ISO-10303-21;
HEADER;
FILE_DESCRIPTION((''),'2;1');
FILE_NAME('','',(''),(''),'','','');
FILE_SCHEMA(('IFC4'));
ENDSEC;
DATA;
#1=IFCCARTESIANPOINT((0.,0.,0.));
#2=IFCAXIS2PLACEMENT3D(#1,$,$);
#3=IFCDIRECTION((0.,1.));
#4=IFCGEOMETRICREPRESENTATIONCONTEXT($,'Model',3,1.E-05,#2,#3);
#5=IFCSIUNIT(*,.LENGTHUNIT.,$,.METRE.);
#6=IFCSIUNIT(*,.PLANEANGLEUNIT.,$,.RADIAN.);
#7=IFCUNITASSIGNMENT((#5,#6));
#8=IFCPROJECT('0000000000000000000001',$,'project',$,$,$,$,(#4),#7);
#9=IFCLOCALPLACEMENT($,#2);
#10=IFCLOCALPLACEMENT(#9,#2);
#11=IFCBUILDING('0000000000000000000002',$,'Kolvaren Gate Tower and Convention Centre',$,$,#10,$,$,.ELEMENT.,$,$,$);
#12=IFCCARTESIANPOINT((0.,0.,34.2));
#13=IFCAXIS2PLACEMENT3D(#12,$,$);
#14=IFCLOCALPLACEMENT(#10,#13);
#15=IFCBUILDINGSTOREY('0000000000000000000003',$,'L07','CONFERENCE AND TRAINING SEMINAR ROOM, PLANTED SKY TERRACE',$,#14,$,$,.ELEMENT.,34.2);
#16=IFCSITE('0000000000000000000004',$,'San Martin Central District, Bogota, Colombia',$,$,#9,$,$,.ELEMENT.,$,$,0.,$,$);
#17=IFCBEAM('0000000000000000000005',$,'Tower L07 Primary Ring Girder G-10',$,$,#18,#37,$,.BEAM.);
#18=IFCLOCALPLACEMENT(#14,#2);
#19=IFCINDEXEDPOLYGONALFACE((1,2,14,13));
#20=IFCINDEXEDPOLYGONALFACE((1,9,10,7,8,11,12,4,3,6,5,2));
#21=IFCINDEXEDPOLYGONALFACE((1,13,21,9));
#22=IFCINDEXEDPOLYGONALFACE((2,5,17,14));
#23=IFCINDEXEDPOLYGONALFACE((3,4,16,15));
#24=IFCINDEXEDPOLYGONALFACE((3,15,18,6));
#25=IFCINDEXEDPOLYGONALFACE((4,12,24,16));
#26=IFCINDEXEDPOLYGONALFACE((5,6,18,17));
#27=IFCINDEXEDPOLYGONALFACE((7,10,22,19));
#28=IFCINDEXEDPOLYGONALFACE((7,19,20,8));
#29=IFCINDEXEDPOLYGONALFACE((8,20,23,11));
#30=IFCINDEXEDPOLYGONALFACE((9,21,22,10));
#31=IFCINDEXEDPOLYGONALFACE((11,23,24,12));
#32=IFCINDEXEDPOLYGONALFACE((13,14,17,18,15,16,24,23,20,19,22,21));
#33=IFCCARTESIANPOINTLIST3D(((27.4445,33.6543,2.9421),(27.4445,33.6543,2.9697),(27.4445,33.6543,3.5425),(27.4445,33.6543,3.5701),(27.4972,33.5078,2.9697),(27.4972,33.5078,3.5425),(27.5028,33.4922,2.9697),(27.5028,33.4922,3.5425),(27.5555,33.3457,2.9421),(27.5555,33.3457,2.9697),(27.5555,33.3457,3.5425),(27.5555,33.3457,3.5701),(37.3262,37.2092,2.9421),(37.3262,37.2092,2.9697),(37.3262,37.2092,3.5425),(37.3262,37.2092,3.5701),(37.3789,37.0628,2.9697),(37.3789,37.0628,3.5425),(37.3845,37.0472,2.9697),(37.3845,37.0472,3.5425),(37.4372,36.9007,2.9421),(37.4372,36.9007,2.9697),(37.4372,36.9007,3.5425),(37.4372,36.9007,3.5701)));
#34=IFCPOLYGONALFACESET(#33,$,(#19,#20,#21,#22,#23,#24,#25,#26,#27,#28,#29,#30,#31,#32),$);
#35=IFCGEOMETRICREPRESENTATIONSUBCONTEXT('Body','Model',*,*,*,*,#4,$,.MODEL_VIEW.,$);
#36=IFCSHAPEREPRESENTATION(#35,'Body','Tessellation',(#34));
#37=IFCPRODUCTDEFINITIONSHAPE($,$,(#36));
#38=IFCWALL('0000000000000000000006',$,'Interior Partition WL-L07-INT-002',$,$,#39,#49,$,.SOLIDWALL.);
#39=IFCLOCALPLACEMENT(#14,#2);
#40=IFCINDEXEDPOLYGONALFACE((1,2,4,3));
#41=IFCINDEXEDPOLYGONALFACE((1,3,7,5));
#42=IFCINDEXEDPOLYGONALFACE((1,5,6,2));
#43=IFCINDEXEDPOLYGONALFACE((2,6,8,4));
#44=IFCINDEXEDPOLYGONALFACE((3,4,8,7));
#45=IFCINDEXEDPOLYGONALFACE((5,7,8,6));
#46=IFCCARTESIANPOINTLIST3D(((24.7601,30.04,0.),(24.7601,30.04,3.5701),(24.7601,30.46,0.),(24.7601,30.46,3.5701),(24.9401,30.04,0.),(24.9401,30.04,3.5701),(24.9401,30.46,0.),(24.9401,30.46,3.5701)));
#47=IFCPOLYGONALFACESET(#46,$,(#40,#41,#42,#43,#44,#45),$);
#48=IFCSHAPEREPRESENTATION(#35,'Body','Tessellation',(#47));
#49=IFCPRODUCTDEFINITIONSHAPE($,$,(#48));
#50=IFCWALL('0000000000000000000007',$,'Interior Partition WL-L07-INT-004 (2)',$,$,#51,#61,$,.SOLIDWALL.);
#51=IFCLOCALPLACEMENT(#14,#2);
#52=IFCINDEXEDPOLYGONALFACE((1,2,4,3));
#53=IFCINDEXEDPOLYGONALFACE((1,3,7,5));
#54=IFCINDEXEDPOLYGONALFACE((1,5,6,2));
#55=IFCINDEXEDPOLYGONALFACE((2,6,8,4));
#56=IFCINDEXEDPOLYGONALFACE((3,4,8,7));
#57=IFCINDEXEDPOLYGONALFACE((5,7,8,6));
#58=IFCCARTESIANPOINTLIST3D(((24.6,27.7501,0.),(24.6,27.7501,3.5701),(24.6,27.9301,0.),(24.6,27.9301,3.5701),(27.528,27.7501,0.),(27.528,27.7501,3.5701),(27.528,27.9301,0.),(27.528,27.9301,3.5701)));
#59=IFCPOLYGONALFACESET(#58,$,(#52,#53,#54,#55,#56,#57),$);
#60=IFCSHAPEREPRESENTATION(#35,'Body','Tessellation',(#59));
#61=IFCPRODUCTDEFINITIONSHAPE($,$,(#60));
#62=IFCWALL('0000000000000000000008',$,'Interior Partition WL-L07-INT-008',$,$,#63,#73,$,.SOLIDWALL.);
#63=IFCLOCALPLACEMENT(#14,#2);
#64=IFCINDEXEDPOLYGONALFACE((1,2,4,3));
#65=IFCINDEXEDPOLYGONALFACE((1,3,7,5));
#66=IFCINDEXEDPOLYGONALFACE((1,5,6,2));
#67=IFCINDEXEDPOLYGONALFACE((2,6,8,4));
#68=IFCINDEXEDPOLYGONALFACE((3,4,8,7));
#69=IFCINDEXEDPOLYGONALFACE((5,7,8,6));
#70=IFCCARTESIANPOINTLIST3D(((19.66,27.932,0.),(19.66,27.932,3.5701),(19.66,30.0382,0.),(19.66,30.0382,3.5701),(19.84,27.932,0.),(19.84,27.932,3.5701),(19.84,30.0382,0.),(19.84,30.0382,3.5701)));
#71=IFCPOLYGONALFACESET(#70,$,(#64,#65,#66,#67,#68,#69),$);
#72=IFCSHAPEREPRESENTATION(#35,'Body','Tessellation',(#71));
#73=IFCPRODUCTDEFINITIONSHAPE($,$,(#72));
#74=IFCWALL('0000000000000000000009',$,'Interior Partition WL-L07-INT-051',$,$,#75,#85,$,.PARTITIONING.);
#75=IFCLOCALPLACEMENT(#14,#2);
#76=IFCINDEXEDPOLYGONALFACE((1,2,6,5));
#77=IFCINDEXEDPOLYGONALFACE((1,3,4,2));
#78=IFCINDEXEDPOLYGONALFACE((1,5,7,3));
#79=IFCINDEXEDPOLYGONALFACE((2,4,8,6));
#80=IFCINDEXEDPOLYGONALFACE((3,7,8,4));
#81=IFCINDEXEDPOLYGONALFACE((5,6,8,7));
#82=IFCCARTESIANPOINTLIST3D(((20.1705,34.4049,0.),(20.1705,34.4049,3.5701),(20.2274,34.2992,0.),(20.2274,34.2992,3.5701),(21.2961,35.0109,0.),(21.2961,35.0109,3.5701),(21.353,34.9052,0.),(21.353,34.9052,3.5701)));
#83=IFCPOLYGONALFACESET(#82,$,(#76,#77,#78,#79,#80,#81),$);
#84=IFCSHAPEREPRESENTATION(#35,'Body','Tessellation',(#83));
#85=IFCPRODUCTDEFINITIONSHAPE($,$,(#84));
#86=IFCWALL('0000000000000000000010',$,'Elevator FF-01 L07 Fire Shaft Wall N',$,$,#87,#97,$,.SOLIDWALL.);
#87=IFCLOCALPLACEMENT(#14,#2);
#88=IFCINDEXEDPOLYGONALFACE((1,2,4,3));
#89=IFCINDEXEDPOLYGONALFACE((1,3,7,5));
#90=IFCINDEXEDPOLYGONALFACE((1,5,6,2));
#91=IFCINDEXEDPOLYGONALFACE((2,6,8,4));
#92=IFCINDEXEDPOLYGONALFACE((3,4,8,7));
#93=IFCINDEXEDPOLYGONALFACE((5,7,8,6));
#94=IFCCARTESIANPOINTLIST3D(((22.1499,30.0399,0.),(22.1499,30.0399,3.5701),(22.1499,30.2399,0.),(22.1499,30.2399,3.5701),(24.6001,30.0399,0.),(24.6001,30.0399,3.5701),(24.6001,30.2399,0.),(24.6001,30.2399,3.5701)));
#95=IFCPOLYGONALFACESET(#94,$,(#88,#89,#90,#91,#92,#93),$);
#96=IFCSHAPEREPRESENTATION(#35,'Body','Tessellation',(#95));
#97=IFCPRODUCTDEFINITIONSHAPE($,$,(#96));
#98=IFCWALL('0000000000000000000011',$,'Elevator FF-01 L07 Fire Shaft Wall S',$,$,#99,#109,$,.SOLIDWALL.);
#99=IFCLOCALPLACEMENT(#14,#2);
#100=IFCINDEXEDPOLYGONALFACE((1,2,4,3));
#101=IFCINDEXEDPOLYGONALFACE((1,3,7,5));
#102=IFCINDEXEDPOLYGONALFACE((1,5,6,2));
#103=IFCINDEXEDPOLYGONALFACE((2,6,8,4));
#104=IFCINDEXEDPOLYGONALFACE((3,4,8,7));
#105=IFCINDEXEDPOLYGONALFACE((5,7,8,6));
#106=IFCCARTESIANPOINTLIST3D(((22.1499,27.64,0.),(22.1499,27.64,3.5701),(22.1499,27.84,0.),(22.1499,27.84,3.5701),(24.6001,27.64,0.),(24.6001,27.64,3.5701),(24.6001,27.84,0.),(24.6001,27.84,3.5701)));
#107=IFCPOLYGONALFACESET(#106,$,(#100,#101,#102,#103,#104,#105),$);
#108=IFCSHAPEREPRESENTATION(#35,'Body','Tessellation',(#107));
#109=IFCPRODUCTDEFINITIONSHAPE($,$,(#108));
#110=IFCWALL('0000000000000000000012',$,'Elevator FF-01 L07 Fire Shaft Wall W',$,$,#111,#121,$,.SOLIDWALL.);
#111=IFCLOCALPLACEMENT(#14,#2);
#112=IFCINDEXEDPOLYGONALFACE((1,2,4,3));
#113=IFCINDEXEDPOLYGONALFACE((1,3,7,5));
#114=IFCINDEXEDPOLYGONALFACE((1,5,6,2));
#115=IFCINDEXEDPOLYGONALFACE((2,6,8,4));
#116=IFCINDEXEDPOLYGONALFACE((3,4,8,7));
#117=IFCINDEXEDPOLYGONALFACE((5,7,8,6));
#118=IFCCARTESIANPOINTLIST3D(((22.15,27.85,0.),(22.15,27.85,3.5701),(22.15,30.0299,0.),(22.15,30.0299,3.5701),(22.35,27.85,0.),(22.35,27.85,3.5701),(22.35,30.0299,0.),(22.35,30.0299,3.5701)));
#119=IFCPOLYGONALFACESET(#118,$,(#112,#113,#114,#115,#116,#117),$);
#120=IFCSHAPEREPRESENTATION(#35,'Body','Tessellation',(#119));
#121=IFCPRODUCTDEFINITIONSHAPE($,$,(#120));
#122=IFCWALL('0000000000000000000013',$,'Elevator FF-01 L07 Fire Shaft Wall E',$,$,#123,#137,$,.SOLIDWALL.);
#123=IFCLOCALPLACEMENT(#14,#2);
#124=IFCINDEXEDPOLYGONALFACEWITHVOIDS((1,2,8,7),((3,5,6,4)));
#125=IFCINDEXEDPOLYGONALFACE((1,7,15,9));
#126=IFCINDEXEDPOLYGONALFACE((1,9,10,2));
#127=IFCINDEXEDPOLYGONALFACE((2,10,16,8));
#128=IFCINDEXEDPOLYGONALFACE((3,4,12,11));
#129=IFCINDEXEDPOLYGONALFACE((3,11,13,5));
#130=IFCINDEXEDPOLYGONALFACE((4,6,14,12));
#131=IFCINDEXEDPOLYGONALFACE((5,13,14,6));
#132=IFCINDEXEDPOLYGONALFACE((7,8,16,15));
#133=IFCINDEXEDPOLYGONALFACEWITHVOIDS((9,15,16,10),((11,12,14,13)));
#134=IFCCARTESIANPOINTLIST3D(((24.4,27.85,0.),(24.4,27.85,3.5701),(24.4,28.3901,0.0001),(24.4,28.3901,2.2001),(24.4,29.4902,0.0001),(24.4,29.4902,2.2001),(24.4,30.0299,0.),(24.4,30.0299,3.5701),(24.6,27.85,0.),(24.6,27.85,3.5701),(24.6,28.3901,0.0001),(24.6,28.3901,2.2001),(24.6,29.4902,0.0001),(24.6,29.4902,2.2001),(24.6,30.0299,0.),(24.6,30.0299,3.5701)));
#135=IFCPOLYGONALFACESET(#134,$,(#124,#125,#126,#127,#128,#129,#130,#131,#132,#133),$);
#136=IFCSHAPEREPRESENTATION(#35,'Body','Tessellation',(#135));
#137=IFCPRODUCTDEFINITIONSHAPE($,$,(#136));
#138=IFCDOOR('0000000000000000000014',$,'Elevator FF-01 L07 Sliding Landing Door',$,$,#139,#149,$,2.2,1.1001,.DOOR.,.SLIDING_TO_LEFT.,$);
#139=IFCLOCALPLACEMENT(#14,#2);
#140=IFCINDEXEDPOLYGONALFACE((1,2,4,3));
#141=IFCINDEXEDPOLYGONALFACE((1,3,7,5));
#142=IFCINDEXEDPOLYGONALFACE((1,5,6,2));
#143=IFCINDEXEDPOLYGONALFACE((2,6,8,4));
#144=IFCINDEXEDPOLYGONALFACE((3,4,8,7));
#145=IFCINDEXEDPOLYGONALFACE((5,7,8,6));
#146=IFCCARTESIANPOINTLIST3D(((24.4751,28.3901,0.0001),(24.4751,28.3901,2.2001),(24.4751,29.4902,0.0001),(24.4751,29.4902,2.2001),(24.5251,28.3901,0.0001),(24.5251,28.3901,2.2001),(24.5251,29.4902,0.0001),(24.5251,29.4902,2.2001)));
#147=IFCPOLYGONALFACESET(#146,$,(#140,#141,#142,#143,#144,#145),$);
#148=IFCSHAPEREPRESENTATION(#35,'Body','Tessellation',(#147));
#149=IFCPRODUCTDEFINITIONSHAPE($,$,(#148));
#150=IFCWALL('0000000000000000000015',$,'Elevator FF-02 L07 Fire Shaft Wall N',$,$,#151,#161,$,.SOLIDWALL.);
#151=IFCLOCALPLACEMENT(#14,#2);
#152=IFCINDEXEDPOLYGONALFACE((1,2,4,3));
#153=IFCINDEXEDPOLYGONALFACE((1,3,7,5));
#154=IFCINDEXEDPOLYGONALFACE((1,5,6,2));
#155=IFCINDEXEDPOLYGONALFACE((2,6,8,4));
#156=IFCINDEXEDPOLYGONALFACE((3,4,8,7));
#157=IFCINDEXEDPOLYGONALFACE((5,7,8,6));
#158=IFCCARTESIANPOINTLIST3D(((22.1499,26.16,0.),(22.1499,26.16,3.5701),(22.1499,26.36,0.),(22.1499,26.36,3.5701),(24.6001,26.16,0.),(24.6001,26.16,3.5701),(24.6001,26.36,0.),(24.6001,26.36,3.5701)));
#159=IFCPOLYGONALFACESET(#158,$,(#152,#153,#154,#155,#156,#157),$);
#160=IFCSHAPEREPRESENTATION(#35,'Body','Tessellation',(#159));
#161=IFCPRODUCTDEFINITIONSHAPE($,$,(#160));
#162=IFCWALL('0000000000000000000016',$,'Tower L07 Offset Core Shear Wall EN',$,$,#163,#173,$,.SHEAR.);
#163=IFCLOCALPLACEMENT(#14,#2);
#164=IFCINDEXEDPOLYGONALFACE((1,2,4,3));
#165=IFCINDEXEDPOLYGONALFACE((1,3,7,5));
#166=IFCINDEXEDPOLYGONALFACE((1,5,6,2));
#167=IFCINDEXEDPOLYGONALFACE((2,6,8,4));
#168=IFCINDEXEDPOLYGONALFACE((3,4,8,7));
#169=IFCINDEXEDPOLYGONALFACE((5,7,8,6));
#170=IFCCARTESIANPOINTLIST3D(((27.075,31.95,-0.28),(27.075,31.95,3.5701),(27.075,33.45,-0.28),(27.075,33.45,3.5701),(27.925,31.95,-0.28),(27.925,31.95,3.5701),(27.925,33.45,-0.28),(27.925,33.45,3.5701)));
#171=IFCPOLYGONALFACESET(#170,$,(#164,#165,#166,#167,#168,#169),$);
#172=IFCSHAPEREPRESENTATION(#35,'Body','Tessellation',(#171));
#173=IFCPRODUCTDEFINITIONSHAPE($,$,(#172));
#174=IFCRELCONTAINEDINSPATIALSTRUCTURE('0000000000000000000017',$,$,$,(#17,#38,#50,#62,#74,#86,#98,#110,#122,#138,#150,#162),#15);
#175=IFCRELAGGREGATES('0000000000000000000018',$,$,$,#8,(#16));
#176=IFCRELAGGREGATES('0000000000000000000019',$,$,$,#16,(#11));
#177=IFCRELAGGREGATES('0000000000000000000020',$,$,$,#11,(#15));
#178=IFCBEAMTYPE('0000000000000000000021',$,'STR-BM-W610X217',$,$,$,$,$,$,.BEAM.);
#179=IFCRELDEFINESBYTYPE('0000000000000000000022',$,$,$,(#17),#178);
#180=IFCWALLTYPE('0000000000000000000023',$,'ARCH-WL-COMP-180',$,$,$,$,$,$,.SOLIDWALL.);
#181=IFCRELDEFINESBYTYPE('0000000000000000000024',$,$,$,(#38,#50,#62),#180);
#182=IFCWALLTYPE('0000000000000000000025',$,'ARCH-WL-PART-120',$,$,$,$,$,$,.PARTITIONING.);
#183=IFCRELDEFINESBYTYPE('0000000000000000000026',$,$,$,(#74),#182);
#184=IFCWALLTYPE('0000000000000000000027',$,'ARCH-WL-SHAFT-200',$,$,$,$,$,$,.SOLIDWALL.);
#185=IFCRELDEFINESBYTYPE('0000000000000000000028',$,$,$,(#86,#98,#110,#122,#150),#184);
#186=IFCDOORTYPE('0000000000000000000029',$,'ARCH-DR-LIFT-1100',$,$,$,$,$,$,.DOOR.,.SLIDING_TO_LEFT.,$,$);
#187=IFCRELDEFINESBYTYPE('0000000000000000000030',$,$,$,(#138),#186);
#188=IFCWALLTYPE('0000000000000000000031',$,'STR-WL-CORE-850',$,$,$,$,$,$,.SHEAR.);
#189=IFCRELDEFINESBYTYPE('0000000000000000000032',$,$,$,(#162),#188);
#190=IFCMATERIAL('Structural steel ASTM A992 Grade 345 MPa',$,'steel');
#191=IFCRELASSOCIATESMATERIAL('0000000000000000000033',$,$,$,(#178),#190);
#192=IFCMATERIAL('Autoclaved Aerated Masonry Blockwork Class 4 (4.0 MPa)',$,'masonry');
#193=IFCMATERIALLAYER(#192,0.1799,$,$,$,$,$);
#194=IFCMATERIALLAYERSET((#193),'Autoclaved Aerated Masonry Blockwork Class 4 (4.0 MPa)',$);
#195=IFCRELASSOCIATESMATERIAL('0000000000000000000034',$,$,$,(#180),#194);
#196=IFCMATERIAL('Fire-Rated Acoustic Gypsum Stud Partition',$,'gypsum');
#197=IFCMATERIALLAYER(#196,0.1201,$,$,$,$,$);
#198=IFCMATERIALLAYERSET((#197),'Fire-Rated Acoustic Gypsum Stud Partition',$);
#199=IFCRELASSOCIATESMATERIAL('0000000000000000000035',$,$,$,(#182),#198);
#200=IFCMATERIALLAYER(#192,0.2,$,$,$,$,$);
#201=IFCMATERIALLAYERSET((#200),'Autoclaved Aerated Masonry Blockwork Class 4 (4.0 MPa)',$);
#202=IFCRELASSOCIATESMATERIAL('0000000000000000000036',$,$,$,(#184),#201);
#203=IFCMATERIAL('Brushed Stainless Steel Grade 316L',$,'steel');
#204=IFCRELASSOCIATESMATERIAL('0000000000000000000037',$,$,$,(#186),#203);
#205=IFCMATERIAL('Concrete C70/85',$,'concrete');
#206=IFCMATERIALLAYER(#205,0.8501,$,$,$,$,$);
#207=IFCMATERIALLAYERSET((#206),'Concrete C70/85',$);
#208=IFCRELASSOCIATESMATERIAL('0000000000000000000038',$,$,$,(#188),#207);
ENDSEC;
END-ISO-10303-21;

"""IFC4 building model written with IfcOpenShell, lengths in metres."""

from ifc_helpers import new_model, si_unit, direction, frame, frame_2d, origin, origin_2d, place, context, subcontext, project, spatial, rectangle, i_section, extrude, material, layer, layer_set, material_profile, profile_set, type_object, element, fill, save


model = new_model("IFC4")

# Units and contexts
model_context = context("Model", 3, precision=1e-05, world=origin(), true_north=direction((0.0, 1.0)))
body_context = subcontext(model_context, "Body", "Model", "MODEL_VIEW")
ifc_project = project(units=[si_unit("LENGTHUNIT", "METRE"), si_unit("PLANEANGLEUNIT", "RADIAN")], contexts=[model_context])

# Site, building, storey
site_placement = place(None, origin())
site = spatial("IfcSite", under=ifc_project, at=site_placement, Name="San Martin Central District, Bogota, Colombia", CompositionType="ELEMENT", RefElevation=0.0)
building_placement = place(site_placement, origin())
building = spatial("IfcBuilding", under=site, at=building_placement, Name="Kolvaren Gate Tower and Convention Centre", CompositionType="ELEMENT")
storey_placement = place(building_placement, frame((0.0, 0.0, 34.2)))
storey = spatial("IfcBuildingStorey", under=building, at=storey_placement, Name="L07", Description="CONFERENCE AND TRAINING SEMINAR ROOM, PLANTED SKY TERRACE", CompositionType="ELEMENT", Elevation=34.2)

# Beam
ifc_material_1 = material(Name="Structural steel ASTM A992 Grade 345 MPa", Category="steel")
ifc_material_profile = material_profile(ifc_material_1, i_section(OverallWidth=0.3279, OverallDepth=0.6279, WebThickness=0.0166, FlangeThickness=0.0276, at=origin_2d()), Name="W610X217")
ifc_profile_set = profile_set([ifc_material_profile], Name="Structural steel ASTM A992 Grade 345 MPa")
beam_type = type_object("IfcBeamType", Name="STR-BM-W610X217", PredefinedType="BEAM", material=ifc_profile_set)
beam_placement = place(storey_placement, frame((27.5, 33.5, 3.2561), z_axis=(0.940961, 0.338514, 0.0), x_axis=(-0.338514, 0.940961, 0.0)))
element("IfcBeam", 1, at=beam_placement, inside=storey, type_object=beam_type, Name="Tower L07 Primary Ring Girder G-10", PredefinedType="BEAM", context=body_context, shape_type="SweptSolid", body=[
    extrude(i_section(OverallWidth=0.3279, OverallDepth=0.6279, WebThickness=0.0166, FlangeThickness=0.0276, at=origin_2d()), origin(), (0.0, 0.0, 1.0), 10.5017),
])

# Walls
ifc_material_2 = material(Name="Autoclaved Aerated Masonry Blockwork Class 4 (4.0 MPa)", Category="masonry")
ifc_layer_1 = layer(ifc_material_2, 0.1799)
ifc_layer_set_1 = layer_set([ifc_layer_1], Name="Autoclaved Aerated Masonry Blockwork Class 4 (4.0 MPa)")
wall_type_1 = type_object("IfcWallType", Name="ARCH-WL-COMP-180", PredefinedType="SOLIDWALL", material=ifc_layer_set_1)
wall_1_placement = place(storey_placement, frame((24.8501, 30.04, 0.0), z_axis=(0.0, 0.0, 1.0), x_axis=(0.0, 1.0, 0.0)))
element("IfcWall", 2, at=wall_1_placement, inside=storey, type_object=wall_type_1, Name="Interior Partition WL-L07-INT-002", PredefinedType="SOLIDWALL", context=body_context, shape_type="SweptSolid", body=[
    extrude(rectangle(XDim=0.4199, YDim=0.1799, at=frame_2d((0.21, 0.0))), origin(), (0.0, 0.0, 1.0), 3.5701),
])
wall_2_placement = place(storey_placement, frame((24.6001, 27.8401, 0.0), z_axis=(0.0, 0.0, 1.0), x_axis=(1.0, 0.0, 0.0)))
element("IfcWall", 3, at=wall_2_placement, inside=storey, type_object=wall_type_1, Name="Interior Partition WL-L07-INT-004 (2)", PredefinedType="SOLIDWALL", context=body_context, shape_type="SweptSolid", body=[
    extrude(rectangle(XDim=2.928, YDim=0.1799, at=frame_2d((1.4639, 0.0))), origin(), (0.0, 0.0, 1.0), 3.5701),
])
wall_3_placement = place(storey_placement, frame((19.75, 27.9319, 0.0), z_axis=(0.0, 0.0, 1.0), x_axis=(0.0, 1.0, 0.0)))
element("IfcWall", 4, at=wall_3_placement, inside=storey, type_object=wall_type_1, Name="Interior Partition WL-L07-INT-008", PredefinedType="SOLIDWALL", context=body_context, shape_type="SweptSolid", body=[
    extrude(rectangle(XDim=2.1062, YDim=0.1799, at=frame_2d((1.0532, 0.0))), origin(), (0.0, 0.0, 1.0), 3.5701),
])
ifc_material_3 = material(Name="Fire-Rated Acoustic Gypsum Stud Partition", Category="gypsum")
ifc_layer_2 = layer(ifc_material_3, 0.1201)
ifc_layer_set_2 = layer_set([ifc_layer_2], Name="Fire-Rated Acoustic Gypsum Stud Partition")
wall_type_2 = type_object("IfcWallType", Name="ARCH-WL-PART-120", PredefinedType="PARTITIONING", material=ifc_layer_set_2)
wall_4_placement = place(storey_placement, frame((20.199, 34.3521, 0.0), z_axis=(0.0, 0.0, 1.0), x_axis=(0.880496, 0.474054, 0.0)))
element("IfcWall", 5, at=wall_4_placement, inside=storey, type_object=wall_type_2, Name="Interior Partition WL-L07-INT-051", PredefinedType="PARTITIONING", context=body_context, shape_type="SweptSolid", body=[
    extrude(rectangle(XDim=1.2783, YDim=0.1201, at=frame_2d((0.6392, 0.0))), origin(), (0.0, 0.0, 1.0), 3.5701),
])
ifc_layer_3 = layer(ifc_material_2, 0.2)
ifc_layer_set_3 = layer_set([ifc_layer_3], Name="Autoclaved Aerated Masonry Blockwork Class 4 (4.0 MPa)")
wall_type_3 = type_object("IfcWallType", Name="ARCH-WL-SHAFT-200", PredefinedType="SOLIDWALL", material=ifc_layer_set_3)
for number, where, z_axis, x_axis, name in (
    (6, (22.1499, 30.1399, 0.0), (0.0, 0.0, 1.0), (1.0, 0.0, 0.0), "Elevator FF-01 L07 Fire Shaft Wall N"),
    (7, (22.1499, 27.74, 0.0), (0.0, 0.0, 1.0), (1.0, 0.0, 0.0), "Elevator FF-01 L07 Fire Shaft Wall S"),
):
    element("IfcWall", number, at=place(storey_placement, frame(where, z_axis=z_axis, x_axis=x_axis)), inside=storey, type_object=wall_type_3, Name=name, PredefinedType="SOLIDWALL", context=body_context, shape_type="SweptSolid", body=[
        extrude(rectangle(XDim=2.4502, YDim=0.2, at=frame_2d((1.2251, 0.0))), origin(), (0.0, 0.0, 1.0), 3.5701),
    ])
wall_5_placement = place(storey_placement, frame((22.25, 27.8501, 0.0), z_axis=(0.0, 0.0, 1.0), x_axis=(0.0, 1.0, 0.0)))
element("IfcWall", 8, at=wall_5_placement, inside=storey, type_object=wall_type_3, Name="Elevator FF-01 L07 Fire Shaft Wall W", PredefinedType="SOLIDWALL", context=body_context, shape_type="SweptSolid", body=[
    extrude(rectangle(XDim=2.1799, YDim=0.2, at=frame_2d((1.0898, 0.0))), origin(), (0.0, 0.0, 1.0), 3.5701),
])

# Wall, opening, door
wall_6_placement = place(storey_placement, frame((24.5, 27.8501, 0.0), z_axis=(0.0, 0.0, 1.0), x_axis=(0.0, 1.0, 0.0)))
wall_6 = element("IfcWall", 9, at=wall_6_placement, inside=storey, type_object=wall_type_3, Name="Elevator FF-01 L07 Fire Shaft Wall E", PredefinedType="SOLIDWALL", context=body_context, shape_type="SweptSolid", body=[
    extrude(rectangle(XDim=2.1799, YDim=0.2, at=frame_2d((1.0898, 0.0))), origin(), (0.0, 0.0, 1.0), 3.5701),
])
opening_1_placement = place(wall_6_placement, frame((0.54, 0.0, 0.0)))
opening_1 = element("IfcOpeningElement", 10, at=opening_1_placement, cuts=wall_6, PredefinedType="OPENING", context=body_context, shape_type="SweptSolid", body=[
    extrude(rectangle(XDim=1.1001, YDim=2.2, at=frame_2d((0.55, 1.1001))), frame((0.0, 0.1099, 0.0), z_axis=(0.0, -1.0, 0.0), x_axis=(1.0, 0.0, 0.0)), (0.0, 0.0, 1.0), 0.22),
])
ifc_material_4 = material(Name="Brushed Stainless Steel Grade 316L", Category="steel")
door_type_1 = type_object("IfcDoorType", Name="ARCH-DR-LIFT-1100", OperationType="SLIDING_TO_LEFT", PredefinedType="DOOR", material=ifc_material_4)
door_1_placement = place(opening_1_placement, origin())
door_1 = element("IfcDoor", 11, at=door_1_placement, inside=storey, type_object=door_type_1, Name="Elevator FF-01 L07 Sliding Landing Door", OperationType="SLIDING_TO_LEFT", OverallHeight=2.2, OverallWidth=1.1001, PredefinedType="DOOR", context=body_context, shape_type="SweptSolid", body=[
    extrude(rectangle(XDim=1.1001, YDim=2.2, at=frame_2d((0.55, 1.1001))), frame((0.0, 0.0249, 0.0), z_axis=(0.0, -1.0, 0.0), x_axis=(1.0, 0.0, 0.0)), (0.0, 0.0, 1.0), 0.05),
])
fill(opening_1, door_1)

# Walls
wall_7_placement = place(storey_placement, frame((22.1499, 26.26, 0.0), z_axis=(0.0, 0.0, 1.0), x_axis=(1.0, 0.0, 0.0)))
element("IfcWall", 12, at=wall_7_placement, inside=storey, type_object=wall_type_3, Name="Elevator FF-02 L07 Fire Shaft Wall N", PredefinedType="SOLIDWALL", context=body_context, shape_type="SweptSolid", body=[
    extrude(rectangle(XDim=2.4502, YDim=0.2, at=frame_2d((1.2251, 0.0))), origin(), (0.0, 0.0, 1.0), 3.5701),
])
ifc_material_5 = material(Name="Concrete C70/85", Category="concrete")
ifc_layer_4 = layer(ifc_material_5, 0.8501)
ifc_layer_set_4 = layer_set([ifc_layer_4], Name="Concrete C70/85")
wall_type_4 = type_object("IfcWallType", Name="STR-WL-CORE-850", PredefinedType="SHEAR", material=ifc_layer_set_4)
wall_8_placement = place(storey_placement, frame((27.5, 31.95, -0.28), z_axis=(0.0, 0.0, 1.0), x_axis=(0.0, 1.0, 0.0)))
element("IfcWall", 13, at=wall_8_placement, inside=storey, type_object=wall_type_4, Name="Tower L07 Offset Core Shear Wall EN", PredefinedType="SHEAR", context=body_context, shape_type="SweptSolid", body=[
    extrude(rectangle(XDim=1.5, YDim=0.8501, at=frame_2d((0.75, 0.0))), origin(), (0.0, 0.0, 1.0), 3.8501),
])

save(model, "model.ifc")
